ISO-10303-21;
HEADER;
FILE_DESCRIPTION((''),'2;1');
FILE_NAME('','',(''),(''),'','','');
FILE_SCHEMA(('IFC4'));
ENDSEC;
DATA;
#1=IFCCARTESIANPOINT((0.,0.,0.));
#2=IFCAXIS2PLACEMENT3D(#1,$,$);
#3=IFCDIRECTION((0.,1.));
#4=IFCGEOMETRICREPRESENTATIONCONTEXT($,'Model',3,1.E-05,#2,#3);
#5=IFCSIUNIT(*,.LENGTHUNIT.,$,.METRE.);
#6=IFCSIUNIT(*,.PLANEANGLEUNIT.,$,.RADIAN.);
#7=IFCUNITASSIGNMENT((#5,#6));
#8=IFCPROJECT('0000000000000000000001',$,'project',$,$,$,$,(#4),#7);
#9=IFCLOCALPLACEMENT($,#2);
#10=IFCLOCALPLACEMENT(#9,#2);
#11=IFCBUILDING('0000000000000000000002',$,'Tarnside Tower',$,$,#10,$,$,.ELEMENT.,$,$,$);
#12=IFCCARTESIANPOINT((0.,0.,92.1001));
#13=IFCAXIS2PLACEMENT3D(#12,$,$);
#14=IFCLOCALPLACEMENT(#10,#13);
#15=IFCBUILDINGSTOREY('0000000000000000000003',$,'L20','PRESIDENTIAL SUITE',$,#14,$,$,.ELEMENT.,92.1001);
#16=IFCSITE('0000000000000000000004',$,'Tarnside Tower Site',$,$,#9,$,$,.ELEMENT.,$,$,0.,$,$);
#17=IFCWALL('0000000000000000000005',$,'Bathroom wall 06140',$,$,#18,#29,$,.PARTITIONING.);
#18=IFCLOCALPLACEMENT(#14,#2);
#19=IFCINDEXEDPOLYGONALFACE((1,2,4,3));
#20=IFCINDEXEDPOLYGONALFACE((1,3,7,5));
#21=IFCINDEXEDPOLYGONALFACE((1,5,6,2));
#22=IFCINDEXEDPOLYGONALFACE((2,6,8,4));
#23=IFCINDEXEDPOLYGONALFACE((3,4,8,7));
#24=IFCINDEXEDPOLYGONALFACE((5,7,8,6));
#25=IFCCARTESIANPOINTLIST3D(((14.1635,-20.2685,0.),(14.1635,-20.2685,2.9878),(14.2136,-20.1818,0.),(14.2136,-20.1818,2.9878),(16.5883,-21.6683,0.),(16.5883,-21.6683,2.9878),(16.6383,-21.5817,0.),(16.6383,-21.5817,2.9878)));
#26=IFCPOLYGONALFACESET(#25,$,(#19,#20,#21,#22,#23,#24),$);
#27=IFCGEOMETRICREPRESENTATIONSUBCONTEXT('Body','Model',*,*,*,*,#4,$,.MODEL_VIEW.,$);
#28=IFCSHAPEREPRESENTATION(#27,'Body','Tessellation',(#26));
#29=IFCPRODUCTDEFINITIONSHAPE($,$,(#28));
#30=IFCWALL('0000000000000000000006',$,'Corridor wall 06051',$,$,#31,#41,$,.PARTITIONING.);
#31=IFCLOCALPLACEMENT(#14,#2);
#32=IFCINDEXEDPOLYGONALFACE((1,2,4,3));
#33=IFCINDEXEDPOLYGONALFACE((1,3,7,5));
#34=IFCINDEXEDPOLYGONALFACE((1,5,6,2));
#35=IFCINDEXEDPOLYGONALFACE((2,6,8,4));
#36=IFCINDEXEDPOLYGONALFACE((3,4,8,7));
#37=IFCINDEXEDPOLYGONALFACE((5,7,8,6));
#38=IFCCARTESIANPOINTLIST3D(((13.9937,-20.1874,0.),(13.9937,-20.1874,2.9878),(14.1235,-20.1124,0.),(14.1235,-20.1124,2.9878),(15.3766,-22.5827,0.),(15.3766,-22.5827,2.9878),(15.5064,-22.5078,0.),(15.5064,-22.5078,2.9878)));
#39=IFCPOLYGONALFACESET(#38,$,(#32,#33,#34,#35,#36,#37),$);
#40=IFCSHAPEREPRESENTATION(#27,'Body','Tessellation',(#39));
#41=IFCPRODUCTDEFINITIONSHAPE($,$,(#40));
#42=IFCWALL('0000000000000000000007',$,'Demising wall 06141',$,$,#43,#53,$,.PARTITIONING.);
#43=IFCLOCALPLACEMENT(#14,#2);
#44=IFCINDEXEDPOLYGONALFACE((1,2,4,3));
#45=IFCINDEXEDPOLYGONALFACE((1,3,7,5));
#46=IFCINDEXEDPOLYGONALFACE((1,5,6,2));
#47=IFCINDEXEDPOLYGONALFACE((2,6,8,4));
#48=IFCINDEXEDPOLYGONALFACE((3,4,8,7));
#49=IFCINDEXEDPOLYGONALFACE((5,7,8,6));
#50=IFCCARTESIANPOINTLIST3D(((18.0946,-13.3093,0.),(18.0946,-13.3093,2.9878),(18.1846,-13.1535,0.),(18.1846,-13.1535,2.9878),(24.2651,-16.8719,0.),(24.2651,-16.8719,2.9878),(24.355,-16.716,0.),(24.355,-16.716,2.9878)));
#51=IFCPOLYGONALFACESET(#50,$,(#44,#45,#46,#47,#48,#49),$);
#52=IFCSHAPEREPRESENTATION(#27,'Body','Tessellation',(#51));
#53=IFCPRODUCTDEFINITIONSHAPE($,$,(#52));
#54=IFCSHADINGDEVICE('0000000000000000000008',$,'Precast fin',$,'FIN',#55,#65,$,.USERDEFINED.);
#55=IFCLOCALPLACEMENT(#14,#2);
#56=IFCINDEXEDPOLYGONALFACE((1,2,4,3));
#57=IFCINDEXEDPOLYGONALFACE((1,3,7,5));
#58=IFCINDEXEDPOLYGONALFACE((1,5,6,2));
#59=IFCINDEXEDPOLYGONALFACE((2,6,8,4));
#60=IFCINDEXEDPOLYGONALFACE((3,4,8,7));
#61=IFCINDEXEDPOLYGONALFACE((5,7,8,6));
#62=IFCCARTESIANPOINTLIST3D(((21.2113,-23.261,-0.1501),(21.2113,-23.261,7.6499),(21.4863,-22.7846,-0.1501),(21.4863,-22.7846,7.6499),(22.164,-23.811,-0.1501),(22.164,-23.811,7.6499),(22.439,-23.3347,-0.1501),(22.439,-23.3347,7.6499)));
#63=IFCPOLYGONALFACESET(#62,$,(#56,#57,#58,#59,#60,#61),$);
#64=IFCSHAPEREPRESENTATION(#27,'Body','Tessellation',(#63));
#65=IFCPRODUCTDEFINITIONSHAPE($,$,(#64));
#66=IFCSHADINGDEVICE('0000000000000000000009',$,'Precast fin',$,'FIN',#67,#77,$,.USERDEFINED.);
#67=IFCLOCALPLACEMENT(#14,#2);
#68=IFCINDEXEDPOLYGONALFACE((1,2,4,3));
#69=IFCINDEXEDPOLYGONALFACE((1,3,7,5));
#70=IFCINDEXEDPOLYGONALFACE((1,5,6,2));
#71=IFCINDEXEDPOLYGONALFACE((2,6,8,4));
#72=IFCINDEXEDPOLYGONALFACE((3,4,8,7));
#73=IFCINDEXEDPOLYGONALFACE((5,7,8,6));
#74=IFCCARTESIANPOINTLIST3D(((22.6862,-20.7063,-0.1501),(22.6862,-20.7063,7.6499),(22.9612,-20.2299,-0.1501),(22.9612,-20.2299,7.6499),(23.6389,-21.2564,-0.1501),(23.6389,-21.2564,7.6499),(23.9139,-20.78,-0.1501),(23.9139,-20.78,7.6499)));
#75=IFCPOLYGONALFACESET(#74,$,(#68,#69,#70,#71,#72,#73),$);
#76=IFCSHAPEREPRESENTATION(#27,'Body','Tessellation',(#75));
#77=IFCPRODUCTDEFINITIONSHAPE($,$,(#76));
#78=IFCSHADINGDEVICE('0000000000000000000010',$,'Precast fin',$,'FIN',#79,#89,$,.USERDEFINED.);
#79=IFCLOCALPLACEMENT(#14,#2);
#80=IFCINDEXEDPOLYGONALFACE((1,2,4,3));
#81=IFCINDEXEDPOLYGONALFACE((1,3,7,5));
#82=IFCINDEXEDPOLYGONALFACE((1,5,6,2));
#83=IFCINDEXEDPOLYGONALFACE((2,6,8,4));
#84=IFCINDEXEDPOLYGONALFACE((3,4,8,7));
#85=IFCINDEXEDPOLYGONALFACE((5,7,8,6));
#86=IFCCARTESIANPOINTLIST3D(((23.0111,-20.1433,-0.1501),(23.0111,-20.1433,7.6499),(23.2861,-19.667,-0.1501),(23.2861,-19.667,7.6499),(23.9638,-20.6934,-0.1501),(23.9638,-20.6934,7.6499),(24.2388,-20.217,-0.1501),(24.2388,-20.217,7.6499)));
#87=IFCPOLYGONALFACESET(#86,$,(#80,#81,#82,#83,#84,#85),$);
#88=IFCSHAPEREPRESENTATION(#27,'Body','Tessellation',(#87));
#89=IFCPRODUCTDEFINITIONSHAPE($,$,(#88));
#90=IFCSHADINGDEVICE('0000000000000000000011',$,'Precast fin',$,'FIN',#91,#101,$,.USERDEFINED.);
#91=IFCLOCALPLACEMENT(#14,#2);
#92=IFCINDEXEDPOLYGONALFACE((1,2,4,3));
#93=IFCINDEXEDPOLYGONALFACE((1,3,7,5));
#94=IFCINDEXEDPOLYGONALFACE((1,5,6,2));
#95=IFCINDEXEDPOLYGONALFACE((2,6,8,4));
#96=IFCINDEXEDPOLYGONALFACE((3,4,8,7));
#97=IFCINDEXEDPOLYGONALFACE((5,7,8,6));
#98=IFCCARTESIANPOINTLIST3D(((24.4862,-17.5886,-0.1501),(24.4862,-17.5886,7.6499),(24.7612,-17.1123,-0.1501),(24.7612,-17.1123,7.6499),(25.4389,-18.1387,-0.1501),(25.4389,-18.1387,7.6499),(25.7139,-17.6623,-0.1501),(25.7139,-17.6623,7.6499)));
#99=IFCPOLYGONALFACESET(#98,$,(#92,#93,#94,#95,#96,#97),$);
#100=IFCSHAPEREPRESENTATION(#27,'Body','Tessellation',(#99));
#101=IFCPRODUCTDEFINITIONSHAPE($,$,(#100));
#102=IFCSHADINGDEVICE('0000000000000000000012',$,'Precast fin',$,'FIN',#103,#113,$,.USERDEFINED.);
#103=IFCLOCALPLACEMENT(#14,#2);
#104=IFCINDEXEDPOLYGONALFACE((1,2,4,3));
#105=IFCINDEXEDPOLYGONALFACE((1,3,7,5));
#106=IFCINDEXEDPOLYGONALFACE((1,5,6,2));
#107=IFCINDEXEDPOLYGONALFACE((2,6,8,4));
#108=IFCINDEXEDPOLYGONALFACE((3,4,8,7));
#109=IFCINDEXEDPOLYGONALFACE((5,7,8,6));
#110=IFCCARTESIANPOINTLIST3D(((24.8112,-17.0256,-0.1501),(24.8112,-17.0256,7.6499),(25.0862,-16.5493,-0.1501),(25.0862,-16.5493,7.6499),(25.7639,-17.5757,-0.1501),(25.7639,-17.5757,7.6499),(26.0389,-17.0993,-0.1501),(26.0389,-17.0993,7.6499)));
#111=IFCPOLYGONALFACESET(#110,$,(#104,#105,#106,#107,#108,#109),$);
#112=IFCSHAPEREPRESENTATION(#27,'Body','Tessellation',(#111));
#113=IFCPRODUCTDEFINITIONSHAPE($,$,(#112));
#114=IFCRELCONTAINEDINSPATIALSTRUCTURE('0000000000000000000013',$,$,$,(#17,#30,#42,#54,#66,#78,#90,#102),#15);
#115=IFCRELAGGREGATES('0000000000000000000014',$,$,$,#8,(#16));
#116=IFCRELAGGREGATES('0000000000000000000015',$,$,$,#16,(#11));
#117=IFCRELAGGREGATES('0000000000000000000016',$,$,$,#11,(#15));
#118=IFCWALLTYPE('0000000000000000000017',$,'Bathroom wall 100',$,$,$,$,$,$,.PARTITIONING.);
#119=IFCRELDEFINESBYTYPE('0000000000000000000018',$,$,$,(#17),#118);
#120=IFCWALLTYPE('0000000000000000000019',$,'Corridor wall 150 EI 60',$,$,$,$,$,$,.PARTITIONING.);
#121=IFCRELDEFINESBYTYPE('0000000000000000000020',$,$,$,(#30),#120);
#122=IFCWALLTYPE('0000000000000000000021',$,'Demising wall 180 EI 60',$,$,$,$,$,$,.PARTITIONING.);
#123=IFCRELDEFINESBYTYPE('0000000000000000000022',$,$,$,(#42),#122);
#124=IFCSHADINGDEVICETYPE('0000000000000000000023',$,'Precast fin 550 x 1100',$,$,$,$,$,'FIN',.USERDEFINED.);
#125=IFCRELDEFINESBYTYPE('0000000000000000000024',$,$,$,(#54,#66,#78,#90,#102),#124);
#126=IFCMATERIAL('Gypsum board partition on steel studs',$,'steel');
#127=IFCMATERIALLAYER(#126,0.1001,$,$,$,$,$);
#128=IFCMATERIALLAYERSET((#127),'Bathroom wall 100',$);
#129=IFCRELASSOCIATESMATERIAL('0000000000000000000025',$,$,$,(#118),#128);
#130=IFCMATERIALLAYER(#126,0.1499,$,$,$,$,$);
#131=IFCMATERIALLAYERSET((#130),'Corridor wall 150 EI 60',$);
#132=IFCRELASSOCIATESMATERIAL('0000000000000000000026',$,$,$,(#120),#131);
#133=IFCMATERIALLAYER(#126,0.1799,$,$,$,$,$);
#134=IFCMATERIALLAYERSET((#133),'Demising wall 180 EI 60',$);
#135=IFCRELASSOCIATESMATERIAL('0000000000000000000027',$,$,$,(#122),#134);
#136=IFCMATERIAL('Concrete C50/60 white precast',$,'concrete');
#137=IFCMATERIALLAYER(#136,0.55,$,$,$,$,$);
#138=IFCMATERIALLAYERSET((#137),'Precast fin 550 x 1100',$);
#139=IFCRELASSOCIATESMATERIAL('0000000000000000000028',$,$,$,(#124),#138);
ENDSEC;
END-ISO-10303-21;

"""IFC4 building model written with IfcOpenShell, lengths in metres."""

from ifc_helpers import new_model, si_unit, direction, frame, frame_2d, origin, place, context, subcontext, project, spatial, polyline, rectangle, outline, extrude, material, layer, layer_set, type_object, element, save


model = new_model("IFC4")

# Units and contexts
model_context = context("Model", 3, precision=1e-05, world=origin(), true_north=direction((0.0, 1.0)))
body_context = subcontext(model_context, "Body", "Model", "MODEL_VIEW")
ifc_project = project(units=[si_unit("LENGTHUNIT", "METRE"), si_unit("PLANEANGLEUNIT", "RADIAN")], contexts=[model_context])

# Site, building, storey
site_placement = place(None, origin())
site = spatial("IfcSite", under=ifc_project, at=site_placement, Name="Tarnside Tower Site", CompositionType="ELEMENT", RefElevation=0.0)
building_placement = place(site_placement, origin())
building = spatial("IfcBuilding", under=site, at=building_placement, Name="Tarnside Tower", CompositionType="ELEMENT")
storey_placement = place(building_placement, frame((0.0, 0.0, 92.1001)))
storey = spatial("IfcBuildingStorey", under=building, at=storey_placement, Name="L20", Description="PRESIDENTIAL SUITE", CompositionType="ELEMENT", Elevation=92.1001)

# Shared definitions
ifc_material_1 = material(Name="Gypsum board partition on steel studs", Category="steel")
ifc_layer_1 = layer(ifc_material_1, 0.1001)
ifc_layer_set_1 = layer_set([ifc_layer_1], Name="Bathroom wall 100")
wall_type_1 = type_object("IfcWallType", Name="Bathroom wall 100", PredefinedType="PARTITIONING", material=ifc_layer_set_1)

# Walls
wall_1_placement = place(storey_placement, frame((16.6133, -21.625, 0.0), z_axis=(0.0, 0.0, 1.0), x_axis=(-0.866035, 0.499984, 0.0)))
element("IfcWall", 1, at=wall_1_placement, inside=storey, type_object=wall_type_1, Name="Bathroom wall 06140", PredefinedType="PARTITIONING", context=body_context, shape_type="SweptSolid", body=[
    extrude(rectangle(XDim=2.7998, YDim=0.1001, at=frame_2d((1.3999, 0.0))), origin(), (0.0, 0.0, 1.0), 2.9878),
])
ifc_layer_2 = layer(ifc_material_1, 0.1499)
ifc_layer_set_2 = layer_set([ifc_layer_2], Name="Corridor wall 150 EI 60")
wall_type_2 = type_object("IfcWallType", Name="Corridor wall 150 EI 60", PredefinedType="PARTITIONING", material=ifc_layer_set_2)
wall_2_placement = place(storey_placement, frame((15.4414, -22.5452, 0.0), z_axis=(0.0, 0.0, 1.0), x_axis=(-0.499975, 0.86604, 0.0)))
element("IfcWall", 2, at=wall_2_placement, inside=storey, type_object=wall_type_2, Name="Corridor wall 06051", PredefinedType="PARTITIONING", context=body_context, shape_type="SweptSolid", body=[
    extrude(rectangle(XDim=2.7659, YDim=0.1499, at=frame_2d((1.3828, 0.0))), origin(), (0.0, 0.0, 1.0), 2.9878),
])
ifc_layer_3 = layer(ifc_material_1, 0.1799)
ifc_layer_set_3 = layer_set([ifc_layer_3], Name="Demising wall 180 EI 60")
wall_type_3 = type_object("IfcWallType", Name="Demising wall 180 EI 60", PredefinedType="PARTITIONING", material=ifc_layer_set_3)
wall_3_placement = place(storey_placement, frame((24.3101, -16.7939, 0.0), z_axis=(0.0, 0.0, 1.0), x_axis=(-0.866025, 0.500001, 0.0)))
element("IfcWall", 3, at=wall_3_placement, inside=storey, type_object=wall_type_3, Name="Demising wall 06141", PredefinedType="PARTITIONING", context=body_context, shape_type="SweptSolid", body=[
    extrude(rectangle(XDim=7.125, YDim=0.1799, at=frame_2d((3.5625, 0.0))), origin(), (0.0, 0.0, 1.0), 2.9878),
])

# Shading devices
ifc_material_2 = material(Name="Concrete C50/60 white precast", Category="concrete")
ifc_layer_4 = layer(ifc_material_2, 0.55)
ifc_layer_set_4 = layer_set([ifc_layer_4], Name="Precast fin 550 x 1100")
shading_device_type = type_object("IfcShadingDeviceType", Name="Precast fin 550 x 1100", ElementType="FIN", PredefinedType="USERDEFINED", material=ifc_layer_set_4)
for number, where, z_axis, x_axis, name in (
    (4, (21.3489, -23.0227, -0.1501), (-0.5, -0.866025, 0.0), (0.866025, -0.5, 0.0), "Precast fin"),
    (5, (22.8237, -20.468, -0.1501), (-0.5, -0.866025, 0.0), (0.866025, -0.5, 0.0), "Precast fin"),
    (6, (23.1487, -19.905, -0.1501), (-0.5, -0.866025, 0.0), (0.866025, -0.5, 0.0), "Precast fin"),
    (7, (24.6238, -17.3503, -0.1501), (-0.5, -0.866025, 0.0), (0.866025, -0.5, 0.0), "Precast fin"),
    (8, (24.9487, -16.7874, -0.1501), (-0.5, -0.866025, 0.0), (0.866025, -0.5, 0.0), "Precast fin"),
):
    element("IfcShadingDevice", number, at=place(storey_placement, frame(where, z_axis=z_axis, x_axis=x_axis)), inside=storey, type_object=shading_device_type, Name=name, ObjectType="FIN", PredefinedType="USERDEFINED", context=body_context, shape_type="SweptSolid", body=[
        extrude(outline(polyline([(0.0, 0.0), (1.1001, 0.0), (1.1001, 7.8), (0.0, 7.8), (0.0, 0.0)])), frame((0.0, 0.0, -0.2749)), (0.0, 0.0, 1.0), 0.55),
    ])

save(model, "model.ifc")
